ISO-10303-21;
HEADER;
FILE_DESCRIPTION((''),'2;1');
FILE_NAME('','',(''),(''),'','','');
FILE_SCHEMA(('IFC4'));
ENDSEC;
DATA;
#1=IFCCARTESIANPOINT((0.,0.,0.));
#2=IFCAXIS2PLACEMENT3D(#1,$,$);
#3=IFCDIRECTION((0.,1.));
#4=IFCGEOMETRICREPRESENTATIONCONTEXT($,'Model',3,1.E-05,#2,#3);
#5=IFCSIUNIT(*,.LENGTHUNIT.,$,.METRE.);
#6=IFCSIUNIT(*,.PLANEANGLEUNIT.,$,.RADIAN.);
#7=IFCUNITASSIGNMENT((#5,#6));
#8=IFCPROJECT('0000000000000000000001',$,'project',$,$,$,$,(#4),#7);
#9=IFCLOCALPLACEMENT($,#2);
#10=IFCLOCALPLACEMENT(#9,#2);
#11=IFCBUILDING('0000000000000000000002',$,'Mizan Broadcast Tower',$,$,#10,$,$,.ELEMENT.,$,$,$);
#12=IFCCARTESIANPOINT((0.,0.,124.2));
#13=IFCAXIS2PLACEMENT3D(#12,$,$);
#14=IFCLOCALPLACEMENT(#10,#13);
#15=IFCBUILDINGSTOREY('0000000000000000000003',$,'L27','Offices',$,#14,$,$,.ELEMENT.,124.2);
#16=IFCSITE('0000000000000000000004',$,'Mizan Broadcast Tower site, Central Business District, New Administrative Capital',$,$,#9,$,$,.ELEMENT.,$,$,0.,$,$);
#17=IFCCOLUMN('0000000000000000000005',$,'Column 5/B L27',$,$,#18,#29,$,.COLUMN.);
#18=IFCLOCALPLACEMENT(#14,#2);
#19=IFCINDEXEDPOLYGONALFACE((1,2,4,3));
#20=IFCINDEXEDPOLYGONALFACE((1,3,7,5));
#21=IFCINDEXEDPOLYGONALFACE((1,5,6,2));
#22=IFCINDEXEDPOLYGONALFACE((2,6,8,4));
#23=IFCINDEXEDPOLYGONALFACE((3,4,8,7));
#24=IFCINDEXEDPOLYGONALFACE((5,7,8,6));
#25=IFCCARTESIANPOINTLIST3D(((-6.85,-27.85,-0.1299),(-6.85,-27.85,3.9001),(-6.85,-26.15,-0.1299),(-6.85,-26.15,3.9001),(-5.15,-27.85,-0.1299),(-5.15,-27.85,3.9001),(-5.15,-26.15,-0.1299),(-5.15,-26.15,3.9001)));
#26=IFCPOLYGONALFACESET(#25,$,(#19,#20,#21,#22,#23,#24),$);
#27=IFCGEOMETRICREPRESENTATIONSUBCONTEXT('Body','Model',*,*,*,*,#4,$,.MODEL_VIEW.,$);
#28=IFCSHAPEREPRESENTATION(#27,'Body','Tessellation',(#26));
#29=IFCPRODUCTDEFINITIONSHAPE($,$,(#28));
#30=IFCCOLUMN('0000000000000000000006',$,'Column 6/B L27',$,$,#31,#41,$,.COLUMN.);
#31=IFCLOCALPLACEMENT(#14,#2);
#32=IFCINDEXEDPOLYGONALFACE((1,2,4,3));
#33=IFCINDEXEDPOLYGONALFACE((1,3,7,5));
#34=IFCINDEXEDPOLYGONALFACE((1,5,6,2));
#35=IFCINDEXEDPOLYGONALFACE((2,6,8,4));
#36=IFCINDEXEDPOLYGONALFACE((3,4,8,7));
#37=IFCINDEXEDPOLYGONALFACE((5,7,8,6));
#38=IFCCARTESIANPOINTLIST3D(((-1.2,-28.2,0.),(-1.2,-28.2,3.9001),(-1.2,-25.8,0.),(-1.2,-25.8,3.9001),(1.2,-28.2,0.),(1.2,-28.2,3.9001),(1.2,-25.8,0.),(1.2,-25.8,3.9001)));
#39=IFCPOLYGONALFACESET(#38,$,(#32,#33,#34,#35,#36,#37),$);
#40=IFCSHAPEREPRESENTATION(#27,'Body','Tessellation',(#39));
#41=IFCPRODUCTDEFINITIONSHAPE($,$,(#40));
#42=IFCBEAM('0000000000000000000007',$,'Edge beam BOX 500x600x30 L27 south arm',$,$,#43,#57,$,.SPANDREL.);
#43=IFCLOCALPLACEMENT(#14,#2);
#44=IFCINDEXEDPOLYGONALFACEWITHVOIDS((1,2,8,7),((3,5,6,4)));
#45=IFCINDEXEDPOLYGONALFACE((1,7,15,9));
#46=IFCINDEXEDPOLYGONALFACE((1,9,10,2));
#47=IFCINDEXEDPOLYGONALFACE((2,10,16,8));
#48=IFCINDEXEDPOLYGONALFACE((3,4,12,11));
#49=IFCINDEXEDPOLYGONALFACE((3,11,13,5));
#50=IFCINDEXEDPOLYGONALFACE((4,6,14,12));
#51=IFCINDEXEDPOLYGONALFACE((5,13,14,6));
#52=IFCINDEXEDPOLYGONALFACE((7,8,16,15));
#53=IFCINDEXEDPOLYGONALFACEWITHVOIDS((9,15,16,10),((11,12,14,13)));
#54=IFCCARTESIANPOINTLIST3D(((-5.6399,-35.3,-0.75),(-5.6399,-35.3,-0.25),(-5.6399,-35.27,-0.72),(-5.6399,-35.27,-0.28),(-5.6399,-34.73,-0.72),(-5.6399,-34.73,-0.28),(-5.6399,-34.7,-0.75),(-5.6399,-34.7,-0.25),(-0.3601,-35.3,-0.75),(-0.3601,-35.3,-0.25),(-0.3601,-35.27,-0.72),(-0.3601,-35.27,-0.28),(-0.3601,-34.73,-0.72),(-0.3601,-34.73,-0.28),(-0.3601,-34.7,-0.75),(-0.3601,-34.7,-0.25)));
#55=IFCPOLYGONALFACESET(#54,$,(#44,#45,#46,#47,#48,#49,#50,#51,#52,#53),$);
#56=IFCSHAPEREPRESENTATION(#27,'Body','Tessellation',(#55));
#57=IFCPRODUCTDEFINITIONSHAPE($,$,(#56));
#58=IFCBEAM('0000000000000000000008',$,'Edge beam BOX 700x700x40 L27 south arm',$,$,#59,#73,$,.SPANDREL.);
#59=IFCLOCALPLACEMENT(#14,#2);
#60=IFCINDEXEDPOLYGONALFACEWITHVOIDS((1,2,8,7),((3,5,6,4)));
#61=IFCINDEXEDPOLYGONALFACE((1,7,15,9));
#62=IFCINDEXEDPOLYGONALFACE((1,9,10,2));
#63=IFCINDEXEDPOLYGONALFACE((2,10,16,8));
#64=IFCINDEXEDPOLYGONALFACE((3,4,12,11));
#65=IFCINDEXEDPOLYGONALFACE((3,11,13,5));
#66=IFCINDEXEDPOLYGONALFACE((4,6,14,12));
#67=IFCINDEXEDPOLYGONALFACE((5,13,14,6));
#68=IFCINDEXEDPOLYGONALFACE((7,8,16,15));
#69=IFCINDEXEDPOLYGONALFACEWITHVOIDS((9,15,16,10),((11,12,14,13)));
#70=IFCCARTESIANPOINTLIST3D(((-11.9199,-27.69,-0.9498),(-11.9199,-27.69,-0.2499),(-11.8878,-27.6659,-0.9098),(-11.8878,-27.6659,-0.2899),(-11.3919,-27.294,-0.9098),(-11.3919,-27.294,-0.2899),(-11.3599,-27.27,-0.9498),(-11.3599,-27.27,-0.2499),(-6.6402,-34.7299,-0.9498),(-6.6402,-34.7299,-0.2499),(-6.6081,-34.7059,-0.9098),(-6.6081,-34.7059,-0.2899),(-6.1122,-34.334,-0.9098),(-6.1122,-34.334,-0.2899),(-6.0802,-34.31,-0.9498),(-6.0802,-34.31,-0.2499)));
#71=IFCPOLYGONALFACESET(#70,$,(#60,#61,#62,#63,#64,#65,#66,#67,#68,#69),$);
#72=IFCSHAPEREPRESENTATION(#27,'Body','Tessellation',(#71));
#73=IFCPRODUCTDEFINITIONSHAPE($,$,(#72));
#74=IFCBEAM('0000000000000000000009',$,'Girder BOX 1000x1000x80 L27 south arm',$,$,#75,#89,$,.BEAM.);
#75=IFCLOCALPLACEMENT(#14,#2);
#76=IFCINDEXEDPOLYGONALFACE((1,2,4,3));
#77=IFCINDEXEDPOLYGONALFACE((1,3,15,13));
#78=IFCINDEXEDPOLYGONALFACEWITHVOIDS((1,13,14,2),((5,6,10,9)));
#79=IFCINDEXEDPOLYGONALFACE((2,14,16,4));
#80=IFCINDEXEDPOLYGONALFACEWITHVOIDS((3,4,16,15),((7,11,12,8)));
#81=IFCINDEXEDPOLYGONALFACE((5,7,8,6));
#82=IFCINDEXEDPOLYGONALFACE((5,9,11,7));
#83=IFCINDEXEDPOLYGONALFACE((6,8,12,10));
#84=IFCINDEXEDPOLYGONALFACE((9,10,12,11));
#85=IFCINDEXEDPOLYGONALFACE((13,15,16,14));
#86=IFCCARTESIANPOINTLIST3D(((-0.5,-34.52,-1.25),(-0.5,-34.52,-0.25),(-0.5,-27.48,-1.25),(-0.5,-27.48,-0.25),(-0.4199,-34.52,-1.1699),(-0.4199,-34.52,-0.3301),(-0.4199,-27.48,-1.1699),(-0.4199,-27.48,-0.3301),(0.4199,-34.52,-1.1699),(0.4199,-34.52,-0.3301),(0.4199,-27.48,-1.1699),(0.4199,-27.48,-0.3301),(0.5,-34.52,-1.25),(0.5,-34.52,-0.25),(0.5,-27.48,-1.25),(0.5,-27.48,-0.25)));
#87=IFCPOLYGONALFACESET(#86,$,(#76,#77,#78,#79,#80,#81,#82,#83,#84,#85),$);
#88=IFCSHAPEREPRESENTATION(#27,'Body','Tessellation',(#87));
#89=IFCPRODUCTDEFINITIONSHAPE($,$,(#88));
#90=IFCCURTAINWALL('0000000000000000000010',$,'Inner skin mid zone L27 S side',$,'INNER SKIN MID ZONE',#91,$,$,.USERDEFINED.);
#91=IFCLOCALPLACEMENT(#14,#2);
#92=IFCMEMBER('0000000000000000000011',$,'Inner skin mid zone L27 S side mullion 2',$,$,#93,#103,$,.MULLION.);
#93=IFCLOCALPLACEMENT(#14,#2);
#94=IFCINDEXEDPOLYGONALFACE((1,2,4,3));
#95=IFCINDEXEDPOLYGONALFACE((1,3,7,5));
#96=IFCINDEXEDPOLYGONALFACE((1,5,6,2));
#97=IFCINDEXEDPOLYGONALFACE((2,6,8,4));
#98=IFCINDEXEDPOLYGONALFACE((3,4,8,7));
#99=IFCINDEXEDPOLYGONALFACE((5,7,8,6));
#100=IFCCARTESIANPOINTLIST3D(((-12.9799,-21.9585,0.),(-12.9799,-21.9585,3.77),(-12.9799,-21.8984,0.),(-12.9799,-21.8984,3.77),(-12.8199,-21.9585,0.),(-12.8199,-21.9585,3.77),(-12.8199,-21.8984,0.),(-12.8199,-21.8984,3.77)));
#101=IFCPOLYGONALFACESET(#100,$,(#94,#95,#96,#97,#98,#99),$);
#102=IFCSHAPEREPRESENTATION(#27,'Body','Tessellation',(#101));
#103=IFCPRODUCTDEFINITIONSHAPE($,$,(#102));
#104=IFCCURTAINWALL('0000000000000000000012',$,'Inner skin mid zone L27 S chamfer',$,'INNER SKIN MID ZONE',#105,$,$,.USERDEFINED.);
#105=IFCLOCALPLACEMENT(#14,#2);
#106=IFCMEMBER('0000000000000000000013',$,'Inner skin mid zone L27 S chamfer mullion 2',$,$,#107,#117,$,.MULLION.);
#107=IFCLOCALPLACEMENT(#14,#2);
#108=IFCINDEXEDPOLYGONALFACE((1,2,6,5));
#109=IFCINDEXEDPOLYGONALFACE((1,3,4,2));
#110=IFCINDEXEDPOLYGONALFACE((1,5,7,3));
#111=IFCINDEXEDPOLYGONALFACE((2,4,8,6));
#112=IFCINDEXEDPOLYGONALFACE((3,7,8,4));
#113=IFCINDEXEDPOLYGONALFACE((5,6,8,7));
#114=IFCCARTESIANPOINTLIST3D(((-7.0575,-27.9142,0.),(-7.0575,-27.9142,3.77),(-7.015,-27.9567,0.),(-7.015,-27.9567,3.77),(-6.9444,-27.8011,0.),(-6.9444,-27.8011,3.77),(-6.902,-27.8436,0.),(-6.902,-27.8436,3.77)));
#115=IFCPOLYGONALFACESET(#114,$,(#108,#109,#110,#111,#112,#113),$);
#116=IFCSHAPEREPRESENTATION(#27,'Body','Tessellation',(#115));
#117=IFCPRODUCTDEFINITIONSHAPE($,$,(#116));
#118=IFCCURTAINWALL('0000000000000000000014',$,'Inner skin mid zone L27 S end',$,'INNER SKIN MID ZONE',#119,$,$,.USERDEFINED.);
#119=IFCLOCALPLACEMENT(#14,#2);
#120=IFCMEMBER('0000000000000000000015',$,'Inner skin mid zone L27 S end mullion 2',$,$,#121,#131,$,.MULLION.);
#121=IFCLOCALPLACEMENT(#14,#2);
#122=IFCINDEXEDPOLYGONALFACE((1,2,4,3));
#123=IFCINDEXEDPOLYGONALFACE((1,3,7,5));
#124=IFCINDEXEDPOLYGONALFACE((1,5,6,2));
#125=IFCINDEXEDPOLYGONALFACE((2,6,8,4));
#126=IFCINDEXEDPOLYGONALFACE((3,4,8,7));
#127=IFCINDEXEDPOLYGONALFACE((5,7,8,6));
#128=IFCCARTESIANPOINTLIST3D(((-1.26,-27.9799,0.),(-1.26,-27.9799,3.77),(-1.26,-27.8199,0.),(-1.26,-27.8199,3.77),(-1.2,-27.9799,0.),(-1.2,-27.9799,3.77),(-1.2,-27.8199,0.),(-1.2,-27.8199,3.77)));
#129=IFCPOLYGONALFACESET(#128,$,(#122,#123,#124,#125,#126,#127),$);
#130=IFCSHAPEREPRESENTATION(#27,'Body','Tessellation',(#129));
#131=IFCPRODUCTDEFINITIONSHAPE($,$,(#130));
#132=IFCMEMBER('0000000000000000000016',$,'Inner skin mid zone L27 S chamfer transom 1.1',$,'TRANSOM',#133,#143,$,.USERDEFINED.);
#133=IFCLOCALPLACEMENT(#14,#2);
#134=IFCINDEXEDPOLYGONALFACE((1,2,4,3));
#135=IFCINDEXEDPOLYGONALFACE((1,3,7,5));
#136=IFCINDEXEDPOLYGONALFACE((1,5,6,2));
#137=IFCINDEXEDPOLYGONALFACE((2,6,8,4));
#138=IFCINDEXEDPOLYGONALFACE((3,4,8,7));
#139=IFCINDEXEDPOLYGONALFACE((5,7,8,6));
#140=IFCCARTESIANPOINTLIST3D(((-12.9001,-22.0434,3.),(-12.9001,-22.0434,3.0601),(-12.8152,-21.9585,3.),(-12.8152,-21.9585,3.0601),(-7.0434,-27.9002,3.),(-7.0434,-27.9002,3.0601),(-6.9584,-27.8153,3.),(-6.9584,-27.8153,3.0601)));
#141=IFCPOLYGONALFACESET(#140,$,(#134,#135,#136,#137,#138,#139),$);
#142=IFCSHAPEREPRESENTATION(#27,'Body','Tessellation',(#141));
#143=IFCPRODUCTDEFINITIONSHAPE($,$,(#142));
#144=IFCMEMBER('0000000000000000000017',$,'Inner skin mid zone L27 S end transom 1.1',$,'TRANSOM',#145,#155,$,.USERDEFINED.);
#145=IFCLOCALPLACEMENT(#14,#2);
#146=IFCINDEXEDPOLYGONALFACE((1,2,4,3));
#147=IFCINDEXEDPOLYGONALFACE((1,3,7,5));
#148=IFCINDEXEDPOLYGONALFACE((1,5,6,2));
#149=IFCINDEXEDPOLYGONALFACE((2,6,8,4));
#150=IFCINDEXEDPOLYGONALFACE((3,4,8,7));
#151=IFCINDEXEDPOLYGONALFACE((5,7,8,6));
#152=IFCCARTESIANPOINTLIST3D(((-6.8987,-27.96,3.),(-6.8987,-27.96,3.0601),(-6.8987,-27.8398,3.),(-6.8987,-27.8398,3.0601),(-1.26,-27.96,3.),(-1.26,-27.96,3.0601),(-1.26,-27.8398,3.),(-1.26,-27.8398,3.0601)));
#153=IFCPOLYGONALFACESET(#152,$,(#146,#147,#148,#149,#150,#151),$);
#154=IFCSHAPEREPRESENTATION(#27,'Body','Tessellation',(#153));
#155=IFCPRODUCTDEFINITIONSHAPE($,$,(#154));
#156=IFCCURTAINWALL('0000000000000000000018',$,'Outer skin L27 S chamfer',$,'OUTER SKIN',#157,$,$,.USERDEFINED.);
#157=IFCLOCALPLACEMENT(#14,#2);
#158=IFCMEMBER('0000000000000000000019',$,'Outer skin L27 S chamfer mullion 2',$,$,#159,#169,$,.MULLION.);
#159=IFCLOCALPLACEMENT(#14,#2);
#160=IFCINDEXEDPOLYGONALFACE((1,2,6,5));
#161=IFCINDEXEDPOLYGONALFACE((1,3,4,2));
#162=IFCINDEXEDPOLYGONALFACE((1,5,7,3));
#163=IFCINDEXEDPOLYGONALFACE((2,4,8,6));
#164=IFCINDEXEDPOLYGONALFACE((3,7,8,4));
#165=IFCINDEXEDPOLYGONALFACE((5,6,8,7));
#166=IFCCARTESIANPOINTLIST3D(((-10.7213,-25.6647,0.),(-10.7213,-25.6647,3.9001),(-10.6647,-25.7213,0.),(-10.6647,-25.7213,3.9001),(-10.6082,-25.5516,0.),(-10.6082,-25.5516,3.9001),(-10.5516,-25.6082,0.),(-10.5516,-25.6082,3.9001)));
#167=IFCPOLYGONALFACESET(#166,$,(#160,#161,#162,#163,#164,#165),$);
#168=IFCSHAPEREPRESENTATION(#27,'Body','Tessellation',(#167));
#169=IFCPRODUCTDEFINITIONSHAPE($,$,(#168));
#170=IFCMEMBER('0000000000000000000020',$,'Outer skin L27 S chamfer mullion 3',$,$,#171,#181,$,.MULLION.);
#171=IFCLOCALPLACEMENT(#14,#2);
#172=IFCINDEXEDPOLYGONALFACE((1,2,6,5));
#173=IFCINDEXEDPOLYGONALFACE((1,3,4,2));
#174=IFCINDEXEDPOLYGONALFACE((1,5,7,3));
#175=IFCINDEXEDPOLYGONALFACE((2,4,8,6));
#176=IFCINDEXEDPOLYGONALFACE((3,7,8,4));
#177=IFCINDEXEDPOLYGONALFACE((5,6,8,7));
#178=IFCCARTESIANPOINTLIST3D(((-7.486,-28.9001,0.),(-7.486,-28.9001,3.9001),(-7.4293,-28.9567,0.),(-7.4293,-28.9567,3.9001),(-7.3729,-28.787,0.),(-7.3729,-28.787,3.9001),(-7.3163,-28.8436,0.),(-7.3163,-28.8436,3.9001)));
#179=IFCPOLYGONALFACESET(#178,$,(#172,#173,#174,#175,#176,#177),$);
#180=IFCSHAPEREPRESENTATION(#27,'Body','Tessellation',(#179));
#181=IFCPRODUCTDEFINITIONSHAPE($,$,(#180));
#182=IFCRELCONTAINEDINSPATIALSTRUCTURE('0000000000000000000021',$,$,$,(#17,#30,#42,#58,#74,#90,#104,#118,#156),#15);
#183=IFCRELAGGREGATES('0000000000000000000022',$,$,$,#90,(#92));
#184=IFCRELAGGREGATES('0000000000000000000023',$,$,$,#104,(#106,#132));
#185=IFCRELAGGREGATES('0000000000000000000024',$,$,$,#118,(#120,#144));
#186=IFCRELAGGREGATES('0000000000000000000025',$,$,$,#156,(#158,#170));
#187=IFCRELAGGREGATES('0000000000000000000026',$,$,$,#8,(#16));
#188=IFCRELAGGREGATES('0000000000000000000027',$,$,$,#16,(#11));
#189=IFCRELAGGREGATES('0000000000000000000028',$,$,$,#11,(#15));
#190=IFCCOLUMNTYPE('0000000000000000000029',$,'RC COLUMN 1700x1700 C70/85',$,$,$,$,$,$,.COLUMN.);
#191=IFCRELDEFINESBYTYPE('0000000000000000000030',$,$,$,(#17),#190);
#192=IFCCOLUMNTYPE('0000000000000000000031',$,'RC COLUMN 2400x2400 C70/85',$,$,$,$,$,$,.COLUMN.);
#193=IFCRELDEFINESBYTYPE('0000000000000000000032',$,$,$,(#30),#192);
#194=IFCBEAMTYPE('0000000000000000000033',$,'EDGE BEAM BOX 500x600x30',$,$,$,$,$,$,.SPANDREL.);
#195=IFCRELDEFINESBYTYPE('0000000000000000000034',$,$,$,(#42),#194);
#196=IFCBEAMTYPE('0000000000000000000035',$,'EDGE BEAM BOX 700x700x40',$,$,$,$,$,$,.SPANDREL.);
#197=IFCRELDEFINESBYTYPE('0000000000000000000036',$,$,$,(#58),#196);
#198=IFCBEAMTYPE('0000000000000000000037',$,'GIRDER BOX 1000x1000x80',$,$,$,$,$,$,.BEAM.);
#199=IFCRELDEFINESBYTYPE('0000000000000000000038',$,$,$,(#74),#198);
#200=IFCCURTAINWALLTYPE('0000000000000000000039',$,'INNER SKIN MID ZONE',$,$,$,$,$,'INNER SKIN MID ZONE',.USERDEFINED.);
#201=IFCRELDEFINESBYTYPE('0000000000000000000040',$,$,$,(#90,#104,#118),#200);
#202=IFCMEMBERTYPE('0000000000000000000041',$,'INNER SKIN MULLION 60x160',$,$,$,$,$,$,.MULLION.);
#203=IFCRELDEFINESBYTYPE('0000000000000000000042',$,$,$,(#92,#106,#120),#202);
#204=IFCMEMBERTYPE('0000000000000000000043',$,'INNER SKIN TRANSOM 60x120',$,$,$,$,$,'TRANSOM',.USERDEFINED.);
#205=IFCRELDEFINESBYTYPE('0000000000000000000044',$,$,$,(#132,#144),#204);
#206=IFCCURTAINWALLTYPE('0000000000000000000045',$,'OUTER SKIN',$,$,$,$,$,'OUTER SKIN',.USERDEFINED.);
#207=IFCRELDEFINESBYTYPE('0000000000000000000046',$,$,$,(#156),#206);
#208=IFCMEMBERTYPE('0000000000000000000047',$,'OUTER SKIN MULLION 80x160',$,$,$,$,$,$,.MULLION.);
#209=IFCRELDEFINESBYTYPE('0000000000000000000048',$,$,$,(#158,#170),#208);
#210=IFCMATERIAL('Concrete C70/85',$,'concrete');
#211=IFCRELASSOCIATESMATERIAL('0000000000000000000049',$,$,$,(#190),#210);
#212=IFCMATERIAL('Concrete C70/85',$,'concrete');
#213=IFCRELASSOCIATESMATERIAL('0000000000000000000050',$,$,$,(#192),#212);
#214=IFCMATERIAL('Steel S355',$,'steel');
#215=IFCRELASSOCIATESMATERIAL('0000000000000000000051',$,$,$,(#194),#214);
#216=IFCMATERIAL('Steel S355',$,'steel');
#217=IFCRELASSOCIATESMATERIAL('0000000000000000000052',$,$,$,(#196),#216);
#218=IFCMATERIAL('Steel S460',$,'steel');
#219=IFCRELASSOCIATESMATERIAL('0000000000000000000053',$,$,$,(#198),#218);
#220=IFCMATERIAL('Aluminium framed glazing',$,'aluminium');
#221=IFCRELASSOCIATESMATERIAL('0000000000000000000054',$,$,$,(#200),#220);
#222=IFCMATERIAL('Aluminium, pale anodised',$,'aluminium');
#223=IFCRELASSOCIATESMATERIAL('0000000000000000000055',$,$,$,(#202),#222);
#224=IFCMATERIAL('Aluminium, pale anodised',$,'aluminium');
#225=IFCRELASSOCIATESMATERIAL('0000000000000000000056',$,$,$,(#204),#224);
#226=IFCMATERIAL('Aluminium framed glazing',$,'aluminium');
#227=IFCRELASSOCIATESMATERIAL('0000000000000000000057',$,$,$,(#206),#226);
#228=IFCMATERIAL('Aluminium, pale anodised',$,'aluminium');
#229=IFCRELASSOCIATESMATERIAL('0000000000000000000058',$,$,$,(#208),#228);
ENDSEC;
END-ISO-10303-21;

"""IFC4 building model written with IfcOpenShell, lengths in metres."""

from ifc_helpers import new_model, si_unit, direction, frame, origin, origin_2d, place, context, subcontext, project, spatial, rectangle, hollow_rectangle, extrude, material, material_profile, profile_set, type_object, element, aggregate, save


model = new_model("IFC4")

# Units and contexts
model_context = context("Model", 3, precision=1e-05, world=origin(), true_north=direction((0.0, 1.0)))
body_context = subcontext(model_context, "Body", "Model", "MODEL_VIEW")
ifc_project = project(units=[si_unit("LENGTHUNIT", "METRE"), si_unit("PLANEANGLEUNIT", "RADIAN")], contexts=[model_context])

# Site, building, storey
site_placement = place(None, origin())
site = spatial("IfcSite", under=ifc_project, at=site_placement, Name="Mizan Broadcast Tower site, Central Business District, New Administrative Capital", CompositionType="ELEMENT", RefElevation=0.0)
building_placement = place(site_placement, origin())
building = spatial("IfcBuilding", under=site, at=building_placement, Name="Mizan Broadcast Tower", CompositionType="ELEMENT")
storey_placement = place(building_placement, frame((0.0, 0.0, 124.2)))
storey = spatial("IfcBuildingStorey", under=building, at=storey_placement, Name="L27", Description="Offices", CompositionType="ELEMENT", Elevation=124.2)

# Columns
ifc_material_1 = material(Name="Concrete C70/85", Category="concrete")
ifc_material_profile_1 = material_profile(ifc_material_1, rectangle(XDim=1.7, YDim=1.7, at=origin_2d()), Name="RC 1700x1700")
ifc_profile_set_1 = profile_set([ifc_material_profile_1], Name="Concrete C70/85")
column_type_1 = type_object("IfcColumnType", Name="RC COLUMN 1700x1700 C70/85", PredefinedType="COLUMN", material=ifc_profile_set_1)
column_1_placement = place(storey_placement, frame((-6.0, -27.0, -0.1299), z_axis=(0.0, 0.0, 1.0), x_axis=(1.0, 0.0, 0.0)))
element("IfcColumn", 1, at=column_1_placement, inside=storey, type_object=column_type_1, Name="Column 5/B L27", PredefinedType="COLUMN", context=body_context, shape_type="SweptSolid", body=[
    extrude(rectangle(XDim=1.7, YDim=1.7, at=origin_2d()), origin(), (0.0, 0.0, 1.0), 4.03),
])
ifc_material_2 = material(Name="Concrete C70/85", Category="concrete")
ifc_material_profile_2 = material_profile(ifc_material_2, rectangle(XDim=2.3999, YDim=2.3999, at=origin_2d()), Name="RC 2400x2400")
ifc_profile_set_2 = profile_set([ifc_material_profile_2], Name="Concrete C70/85")
column_type_2 = type_object("IfcColumnType", Name="RC COLUMN 2400x2400 C70/85", PredefinedType="COLUMN", material=ifc_profile_set_2)
column_2_placement = place(storey_placement, frame((0.0, -27.0, 0.0), z_axis=(0.0, 0.0, 1.0), x_axis=(1.0, 0.0, 0.0)))
element("IfcColumn", 2, at=column_2_placement, inside=storey, type_object=column_type_2, Name="Column 6/B L27", PredefinedType="COLUMN", context=body_context, shape_type="SweptSolid", body=[
    extrude(rectangle(XDim=2.3999, YDim=2.3999, at=origin_2d()), origin(), (0.0, 0.0, 1.0), 3.9001),
])

# Beams
ifc_material_3 = material(Name="Steel S355", Category="steel")
ifc_material_profile_3 = material_profile(ifc_material_3, hollow_rectangle(XDim=0.6001, YDim=0.5, WallThickness=0.03, at=origin_2d()), Name="BOX 500x600x30")
ifc_profile_set_3 = profile_set([ifc_material_profile_3], Name="Steel S355")
beam_type_1 = type_object("IfcBeamType", Name="EDGE BEAM BOX 500x600x30", PredefinedType="SPANDREL", material=ifc_profile_set_3)
beam_1_placement = place(storey_placement, frame((-5.6399, -35.0, -0.5), z_axis=(1.0, 0.0, 0.0), x_axis=(0.0, 1.0, 0.0)))
element("IfcBeam", 3, at=beam_1_placement, inside=storey, type_object=beam_type_1, Name="Edge beam BOX 500x600x30 L27 south arm", PredefinedType="SPANDREL", context=body_context, shape_type="SweptSolid", body=[
    extrude(hollow_rectangle(XDim=0.6001, YDim=0.5, WallThickness=0.03, at=origin_2d()), origin(), (0.0, 0.0, 1.0), 5.2798),
])
ifc_material_4 = material(Name="Steel S355", Category="steel")
ifc_material_profile_4 = material_profile(ifc_material_4, hollow_rectangle(XDim=0.7, YDim=0.7, WallThickness=0.04, at=origin_2d()), Name="BOX 700x700x40")
ifc_profile_set_4 = profile_set([ifc_material_profile_4], Name="Steel S355")
beam_type_2 = type_object("IfcBeamType", Name="EDGE BEAM BOX 700x700x40", PredefinedType="SPANDREL", material=ifc_profile_set_4)
beam_2_placement = place(storey_placement, frame((-11.6399, -27.48, -0.5999), z_axis=(0.599982, -0.800013, 0.0), x_axis=(0.800013, 0.599982, 0.0)))
element("IfcBeam", 4, at=beam_2_placement, inside=storey, type_object=beam_type_2, Name="Edge beam BOX 700x700x40 L27 south arm", PredefinedType="SPANDREL", context=body_context, shape_type="SweptSolid", body=[
    extrude(hollow_rectangle(XDim=0.7, YDim=0.7, WallThickness=0.04, at=origin_2d()), origin(), (0.0, 0.0, 1.0), 8.7998),
])
ifc_material_5 = material(Name="Steel S460", Category="steel")
ifc_material_profile_5 = material_profile(ifc_material_5, hollow_rectangle(XDim=1.0, YDim=1.0, WallThickness=0.0801, at=origin_2d()), Name="BOX 1000x1000x80")
ifc_profile_set_5 = profile_set([ifc_material_profile_5], Name="Steel S460")
beam_type_3 = type_object("IfcBeamType", Name="GIRDER BOX 1000x1000x80", PredefinedType="BEAM", material=ifc_profile_set_5)
beam_3_placement = place(storey_placement, frame((0.0, -27.48, -0.75), z_axis=(0.0, -1.0, 0.0), x_axis=(1.0, 0.0, 0.0)))
element("IfcBeam", 5, at=beam_3_placement, inside=storey, type_object=beam_type_3, Name="Girder BOX 1000x1000x80 L27 south arm", PredefinedType="BEAM", context=body_context, shape_type="SweptSolid", body=[
    extrude(hollow_rectangle(XDim=1.0, YDim=1.0, WallThickness=0.0801, at=origin_2d()), origin(), (0.0, 0.0, 1.0), 7.04),
])

# Curtain walls, members
ifc_material_6 = material(Name="Aluminium framed glazing", Category="aluminium")
curtain_wall_type_1 = type_object("IfcCurtainWallType", Name="INNER SKIN MID ZONE", ElementType="INNER SKIN MID ZONE", PredefinedType="USERDEFINED", material=ifc_material_6)
curtain_wall_1_placement = place(storey_placement, origin())
curtain_wall_1 = element("IfcCurtainWall", 6, at=curtain_wall_1_placement, inside=storey, type_object=curtain_wall_type_1, Name="Inner skin mid zone L27 S side", ObjectType="INNER SKIN MID ZONE", PredefinedType="USERDEFINED")
ifc_material_7 = material(Name="Aluminium, pale anodised", Category="aluminium")
ifc_material_profile_6 = material_profile(ifc_material_7, rectangle(XDim=0.1599, YDim=0.0601, at=origin_2d()), Name="MULLION 160x60")
ifc_profile_set_6 = profile_set([ifc_material_profile_6], Name="Aluminium, pale anodised")
member_type_1 = type_object("IfcMemberType", Name="INNER SKIN MULLION 60x160", PredefinedType="MULLION", material=ifc_profile_set_6)
member_1_placement = place(storey_placement, frame((-12.8999, -21.9285, 0.0), z_axis=(0.0, 0.0, 1.0), x_axis=(1.0, 0.0, 0.0)))
member_1 = element("IfcMember", 7, at=member_1_placement, type_object=member_type_1, Name="Inner skin mid zone L27 S side mullion 2", PredefinedType="MULLION", context=body_context, shape_type="SweptSolid", body=[
    extrude(rectangle(XDim=0.1599, YDim=0.0601, at=origin_2d()), origin(), (0.0, 0.0, 1.0), 3.77),
])
curtain_wall_2_placement = place(storey_placement, origin())
curtain_wall_2 = element("IfcCurtainWall", 8, at=curtain_wall_2_placement, inside=storey, type_object=curtain_wall_type_1, Name="Inner skin mid zone L27 S chamfer", ObjectType="INNER SKIN MID ZONE", PredefinedType="USERDEFINED")
member_2_placement = place(storey_placement, frame((-6.9797, -27.8789, 0.0), z_axis=(0.0, 0.0, 1.0), x_axis=(0.707107, 0.707107, 0.0)))
member_2 = element("IfcMember", 9, at=member_2_placement, type_object=member_type_1, Name="Inner skin mid zone L27 S chamfer mullion 2", PredefinedType="MULLION", context=body_context, shape_type="SweptSolid", body=[
    extrude(rectangle(XDim=0.1599, YDim=0.0601, at=origin_2d()), origin(), (0.0, 0.0, 1.0), 3.77),
])
curtain_wall_3_placement = place(storey_placement, origin())
curtain_wall_3 = element("IfcCurtainWall", 10, at=curtain_wall_3_placement, inside=storey, type_object=curtain_wall_type_1, Name="Inner skin mid zone L27 S end", ObjectType="INNER SKIN MID ZONE", PredefinedType="USERDEFINED")
member_3_placement = place(storey_placement, frame((-1.23, -27.8999, 0.0), z_axis=(0.0, 0.0, 1.0), x_axis=(0.0, 1.0, 0.0)))
member_3 = element("IfcMember", 11, at=member_3_placement, type_object=member_type_1, Name="Inner skin mid zone L27 S end mullion 2", PredefinedType="MULLION", context=body_context, shape_type="SweptSolid", body=[
    extrude(rectangle(XDim=0.1599, YDim=0.0601, at=origin_2d()), origin(), (0.0, 0.0, 1.0), 3.77),
])

# Members
ifc_material_8 = material(Name="Aluminium, pale anodised", Category="aluminium")
ifc_material_profile_7 = material_profile(ifc_material_8, rectangle(XDim=0.1201, YDim=0.0601, at=origin_2d()), Name="TRANSOM 120x60")
ifc_profile_set_7 = profile_set([ifc_material_profile_7], Name="Aluminium, pale anodised")
member_type_2 = type_object("IfcMemberType", Name="INNER SKIN TRANSOM 60x120", ElementType="TRANSOM", PredefinedType="USERDEFINED", material=ifc_profile_set_7)
member_4_placement = place(storey_placement, frame((-12.8577, -22.001, 3.03), z_axis=(0.707107, -0.707107, 0.0), x_axis=(0.707107, 0.707107, 0.0)))
member_4 = element("IfcMember", 12, at=member_4_placement, type_object=member_type_2, Name="Inner skin mid zone L27 S chamfer transom 1.1", ObjectType="TRANSOM", PredefinedType="USERDEFINED", context=body_context, shape_type="SweptSolid", body=[
    extrude(rectangle(XDim=0.1201, YDim=0.0601, at=origin_2d()), origin(), (0.0, 0.0, 1.0), 8.2827),
])
member_5_placement = place(storey_placement, frame((-6.8987, -27.8999, 3.03), z_axis=(1.0, 0.0, 0.0), x_axis=(0.0, 1.0, 0.0)))
member_5 = element("IfcMember", 13, at=member_5_placement, type_object=member_type_2, Name="Inner skin mid zone L27 S end transom 1.1", ObjectType="TRANSOM", PredefinedType="USERDEFINED", context=body_context, shape_type="SweptSolid", body=[
    extrude(rectangle(XDim=0.1201, YDim=0.0601, at=origin_2d()), origin(), (0.0, 0.0, 1.0), 5.6387),
])

# Curtain wall, members
ifc_material_9 = material(Name="Aluminium framed glazing", Category="aluminium")
curtain_wall_type_2 = type_object("IfcCurtainWallType", Name="OUTER SKIN", ElementType="OUTER SKIN", PredefinedType="USERDEFINED", material=ifc_material_9)
curtain_wall_4_placement = place(storey_placement, origin())
curtain_wall_4 = element("IfcCurtainWall", 14, at=curtain_wall_4_placement, inside=storey, type_object=curtain_wall_type_2, Name="Outer skin L27 S chamfer", ObjectType="OUTER SKIN", PredefinedType="USERDEFINED")
ifc_material_10 = material(Name="Aluminium, pale anodised", Category="aluminium")
ifc_material_profile_8 = material_profile(ifc_material_10, rectangle(XDim=0.1599, YDim=0.0801, at=origin_2d()), Name="MULLION 160x80")
ifc_profile_set_8 = profile_set([ifc_material_profile_8], Name="Aluminium, pale anodised")
member_type_3 = type_object("IfcMemberType", Name="OUTER SKIN MULLION 80x160", PredefinedType="MULLION", material=ifc_profile_set_8)
member_6_placement = place(storey_placement, frame((-10.6365, -25.6365, 0.0), z_axis=(0.0, 0.0, 1.0), x_axis=(0.707107, 0.707107, 0.0)))
member_6 = element("IfcMember", 15, at=member_6_placement, type_object=member_type_3, Name="Outer skin L27 S chamfer mullion 2", PredefinedType="MULLION", context=body_context, shape_type="SweptSolid", body=[
    extrude(rectangle(XDim=0.1599, YDim=0.0801, at=origin_2d()), origin(), (0.0, 0.0, 1.0), 3.9001),
])
member_7_placement = place(storey_placement, frame((-7.4011, -28.8718, 0.0), z_axis=(0.0, 0.0, 1.0), x_axis=(0.707107, 0.707107, 0.0)))
member_7 = element("IfcMember", 16, at=member_7_placement, type_object=member_type_3, Name="Outer skin L27 S chamfer mullion 3", PredefinedType="MULLION", context=body_context, shape_type="SweptSolid", body=[
    extrude(rectangle(XDim=0.1599, YDim=0.0801, at=origin_2d()), origin(), (0.0, 0.0, 1.0), 3.9001),
])

aggregate(curtain_wall_1, [member_1])
aggregate(curtain_wall_2, [member_2, member_4])
aggregate(curtain_wall_3, [member_3, member_5])
aggregate(curtain_wall_4, [member_6, member_7])

save(model, "model.ifc")
